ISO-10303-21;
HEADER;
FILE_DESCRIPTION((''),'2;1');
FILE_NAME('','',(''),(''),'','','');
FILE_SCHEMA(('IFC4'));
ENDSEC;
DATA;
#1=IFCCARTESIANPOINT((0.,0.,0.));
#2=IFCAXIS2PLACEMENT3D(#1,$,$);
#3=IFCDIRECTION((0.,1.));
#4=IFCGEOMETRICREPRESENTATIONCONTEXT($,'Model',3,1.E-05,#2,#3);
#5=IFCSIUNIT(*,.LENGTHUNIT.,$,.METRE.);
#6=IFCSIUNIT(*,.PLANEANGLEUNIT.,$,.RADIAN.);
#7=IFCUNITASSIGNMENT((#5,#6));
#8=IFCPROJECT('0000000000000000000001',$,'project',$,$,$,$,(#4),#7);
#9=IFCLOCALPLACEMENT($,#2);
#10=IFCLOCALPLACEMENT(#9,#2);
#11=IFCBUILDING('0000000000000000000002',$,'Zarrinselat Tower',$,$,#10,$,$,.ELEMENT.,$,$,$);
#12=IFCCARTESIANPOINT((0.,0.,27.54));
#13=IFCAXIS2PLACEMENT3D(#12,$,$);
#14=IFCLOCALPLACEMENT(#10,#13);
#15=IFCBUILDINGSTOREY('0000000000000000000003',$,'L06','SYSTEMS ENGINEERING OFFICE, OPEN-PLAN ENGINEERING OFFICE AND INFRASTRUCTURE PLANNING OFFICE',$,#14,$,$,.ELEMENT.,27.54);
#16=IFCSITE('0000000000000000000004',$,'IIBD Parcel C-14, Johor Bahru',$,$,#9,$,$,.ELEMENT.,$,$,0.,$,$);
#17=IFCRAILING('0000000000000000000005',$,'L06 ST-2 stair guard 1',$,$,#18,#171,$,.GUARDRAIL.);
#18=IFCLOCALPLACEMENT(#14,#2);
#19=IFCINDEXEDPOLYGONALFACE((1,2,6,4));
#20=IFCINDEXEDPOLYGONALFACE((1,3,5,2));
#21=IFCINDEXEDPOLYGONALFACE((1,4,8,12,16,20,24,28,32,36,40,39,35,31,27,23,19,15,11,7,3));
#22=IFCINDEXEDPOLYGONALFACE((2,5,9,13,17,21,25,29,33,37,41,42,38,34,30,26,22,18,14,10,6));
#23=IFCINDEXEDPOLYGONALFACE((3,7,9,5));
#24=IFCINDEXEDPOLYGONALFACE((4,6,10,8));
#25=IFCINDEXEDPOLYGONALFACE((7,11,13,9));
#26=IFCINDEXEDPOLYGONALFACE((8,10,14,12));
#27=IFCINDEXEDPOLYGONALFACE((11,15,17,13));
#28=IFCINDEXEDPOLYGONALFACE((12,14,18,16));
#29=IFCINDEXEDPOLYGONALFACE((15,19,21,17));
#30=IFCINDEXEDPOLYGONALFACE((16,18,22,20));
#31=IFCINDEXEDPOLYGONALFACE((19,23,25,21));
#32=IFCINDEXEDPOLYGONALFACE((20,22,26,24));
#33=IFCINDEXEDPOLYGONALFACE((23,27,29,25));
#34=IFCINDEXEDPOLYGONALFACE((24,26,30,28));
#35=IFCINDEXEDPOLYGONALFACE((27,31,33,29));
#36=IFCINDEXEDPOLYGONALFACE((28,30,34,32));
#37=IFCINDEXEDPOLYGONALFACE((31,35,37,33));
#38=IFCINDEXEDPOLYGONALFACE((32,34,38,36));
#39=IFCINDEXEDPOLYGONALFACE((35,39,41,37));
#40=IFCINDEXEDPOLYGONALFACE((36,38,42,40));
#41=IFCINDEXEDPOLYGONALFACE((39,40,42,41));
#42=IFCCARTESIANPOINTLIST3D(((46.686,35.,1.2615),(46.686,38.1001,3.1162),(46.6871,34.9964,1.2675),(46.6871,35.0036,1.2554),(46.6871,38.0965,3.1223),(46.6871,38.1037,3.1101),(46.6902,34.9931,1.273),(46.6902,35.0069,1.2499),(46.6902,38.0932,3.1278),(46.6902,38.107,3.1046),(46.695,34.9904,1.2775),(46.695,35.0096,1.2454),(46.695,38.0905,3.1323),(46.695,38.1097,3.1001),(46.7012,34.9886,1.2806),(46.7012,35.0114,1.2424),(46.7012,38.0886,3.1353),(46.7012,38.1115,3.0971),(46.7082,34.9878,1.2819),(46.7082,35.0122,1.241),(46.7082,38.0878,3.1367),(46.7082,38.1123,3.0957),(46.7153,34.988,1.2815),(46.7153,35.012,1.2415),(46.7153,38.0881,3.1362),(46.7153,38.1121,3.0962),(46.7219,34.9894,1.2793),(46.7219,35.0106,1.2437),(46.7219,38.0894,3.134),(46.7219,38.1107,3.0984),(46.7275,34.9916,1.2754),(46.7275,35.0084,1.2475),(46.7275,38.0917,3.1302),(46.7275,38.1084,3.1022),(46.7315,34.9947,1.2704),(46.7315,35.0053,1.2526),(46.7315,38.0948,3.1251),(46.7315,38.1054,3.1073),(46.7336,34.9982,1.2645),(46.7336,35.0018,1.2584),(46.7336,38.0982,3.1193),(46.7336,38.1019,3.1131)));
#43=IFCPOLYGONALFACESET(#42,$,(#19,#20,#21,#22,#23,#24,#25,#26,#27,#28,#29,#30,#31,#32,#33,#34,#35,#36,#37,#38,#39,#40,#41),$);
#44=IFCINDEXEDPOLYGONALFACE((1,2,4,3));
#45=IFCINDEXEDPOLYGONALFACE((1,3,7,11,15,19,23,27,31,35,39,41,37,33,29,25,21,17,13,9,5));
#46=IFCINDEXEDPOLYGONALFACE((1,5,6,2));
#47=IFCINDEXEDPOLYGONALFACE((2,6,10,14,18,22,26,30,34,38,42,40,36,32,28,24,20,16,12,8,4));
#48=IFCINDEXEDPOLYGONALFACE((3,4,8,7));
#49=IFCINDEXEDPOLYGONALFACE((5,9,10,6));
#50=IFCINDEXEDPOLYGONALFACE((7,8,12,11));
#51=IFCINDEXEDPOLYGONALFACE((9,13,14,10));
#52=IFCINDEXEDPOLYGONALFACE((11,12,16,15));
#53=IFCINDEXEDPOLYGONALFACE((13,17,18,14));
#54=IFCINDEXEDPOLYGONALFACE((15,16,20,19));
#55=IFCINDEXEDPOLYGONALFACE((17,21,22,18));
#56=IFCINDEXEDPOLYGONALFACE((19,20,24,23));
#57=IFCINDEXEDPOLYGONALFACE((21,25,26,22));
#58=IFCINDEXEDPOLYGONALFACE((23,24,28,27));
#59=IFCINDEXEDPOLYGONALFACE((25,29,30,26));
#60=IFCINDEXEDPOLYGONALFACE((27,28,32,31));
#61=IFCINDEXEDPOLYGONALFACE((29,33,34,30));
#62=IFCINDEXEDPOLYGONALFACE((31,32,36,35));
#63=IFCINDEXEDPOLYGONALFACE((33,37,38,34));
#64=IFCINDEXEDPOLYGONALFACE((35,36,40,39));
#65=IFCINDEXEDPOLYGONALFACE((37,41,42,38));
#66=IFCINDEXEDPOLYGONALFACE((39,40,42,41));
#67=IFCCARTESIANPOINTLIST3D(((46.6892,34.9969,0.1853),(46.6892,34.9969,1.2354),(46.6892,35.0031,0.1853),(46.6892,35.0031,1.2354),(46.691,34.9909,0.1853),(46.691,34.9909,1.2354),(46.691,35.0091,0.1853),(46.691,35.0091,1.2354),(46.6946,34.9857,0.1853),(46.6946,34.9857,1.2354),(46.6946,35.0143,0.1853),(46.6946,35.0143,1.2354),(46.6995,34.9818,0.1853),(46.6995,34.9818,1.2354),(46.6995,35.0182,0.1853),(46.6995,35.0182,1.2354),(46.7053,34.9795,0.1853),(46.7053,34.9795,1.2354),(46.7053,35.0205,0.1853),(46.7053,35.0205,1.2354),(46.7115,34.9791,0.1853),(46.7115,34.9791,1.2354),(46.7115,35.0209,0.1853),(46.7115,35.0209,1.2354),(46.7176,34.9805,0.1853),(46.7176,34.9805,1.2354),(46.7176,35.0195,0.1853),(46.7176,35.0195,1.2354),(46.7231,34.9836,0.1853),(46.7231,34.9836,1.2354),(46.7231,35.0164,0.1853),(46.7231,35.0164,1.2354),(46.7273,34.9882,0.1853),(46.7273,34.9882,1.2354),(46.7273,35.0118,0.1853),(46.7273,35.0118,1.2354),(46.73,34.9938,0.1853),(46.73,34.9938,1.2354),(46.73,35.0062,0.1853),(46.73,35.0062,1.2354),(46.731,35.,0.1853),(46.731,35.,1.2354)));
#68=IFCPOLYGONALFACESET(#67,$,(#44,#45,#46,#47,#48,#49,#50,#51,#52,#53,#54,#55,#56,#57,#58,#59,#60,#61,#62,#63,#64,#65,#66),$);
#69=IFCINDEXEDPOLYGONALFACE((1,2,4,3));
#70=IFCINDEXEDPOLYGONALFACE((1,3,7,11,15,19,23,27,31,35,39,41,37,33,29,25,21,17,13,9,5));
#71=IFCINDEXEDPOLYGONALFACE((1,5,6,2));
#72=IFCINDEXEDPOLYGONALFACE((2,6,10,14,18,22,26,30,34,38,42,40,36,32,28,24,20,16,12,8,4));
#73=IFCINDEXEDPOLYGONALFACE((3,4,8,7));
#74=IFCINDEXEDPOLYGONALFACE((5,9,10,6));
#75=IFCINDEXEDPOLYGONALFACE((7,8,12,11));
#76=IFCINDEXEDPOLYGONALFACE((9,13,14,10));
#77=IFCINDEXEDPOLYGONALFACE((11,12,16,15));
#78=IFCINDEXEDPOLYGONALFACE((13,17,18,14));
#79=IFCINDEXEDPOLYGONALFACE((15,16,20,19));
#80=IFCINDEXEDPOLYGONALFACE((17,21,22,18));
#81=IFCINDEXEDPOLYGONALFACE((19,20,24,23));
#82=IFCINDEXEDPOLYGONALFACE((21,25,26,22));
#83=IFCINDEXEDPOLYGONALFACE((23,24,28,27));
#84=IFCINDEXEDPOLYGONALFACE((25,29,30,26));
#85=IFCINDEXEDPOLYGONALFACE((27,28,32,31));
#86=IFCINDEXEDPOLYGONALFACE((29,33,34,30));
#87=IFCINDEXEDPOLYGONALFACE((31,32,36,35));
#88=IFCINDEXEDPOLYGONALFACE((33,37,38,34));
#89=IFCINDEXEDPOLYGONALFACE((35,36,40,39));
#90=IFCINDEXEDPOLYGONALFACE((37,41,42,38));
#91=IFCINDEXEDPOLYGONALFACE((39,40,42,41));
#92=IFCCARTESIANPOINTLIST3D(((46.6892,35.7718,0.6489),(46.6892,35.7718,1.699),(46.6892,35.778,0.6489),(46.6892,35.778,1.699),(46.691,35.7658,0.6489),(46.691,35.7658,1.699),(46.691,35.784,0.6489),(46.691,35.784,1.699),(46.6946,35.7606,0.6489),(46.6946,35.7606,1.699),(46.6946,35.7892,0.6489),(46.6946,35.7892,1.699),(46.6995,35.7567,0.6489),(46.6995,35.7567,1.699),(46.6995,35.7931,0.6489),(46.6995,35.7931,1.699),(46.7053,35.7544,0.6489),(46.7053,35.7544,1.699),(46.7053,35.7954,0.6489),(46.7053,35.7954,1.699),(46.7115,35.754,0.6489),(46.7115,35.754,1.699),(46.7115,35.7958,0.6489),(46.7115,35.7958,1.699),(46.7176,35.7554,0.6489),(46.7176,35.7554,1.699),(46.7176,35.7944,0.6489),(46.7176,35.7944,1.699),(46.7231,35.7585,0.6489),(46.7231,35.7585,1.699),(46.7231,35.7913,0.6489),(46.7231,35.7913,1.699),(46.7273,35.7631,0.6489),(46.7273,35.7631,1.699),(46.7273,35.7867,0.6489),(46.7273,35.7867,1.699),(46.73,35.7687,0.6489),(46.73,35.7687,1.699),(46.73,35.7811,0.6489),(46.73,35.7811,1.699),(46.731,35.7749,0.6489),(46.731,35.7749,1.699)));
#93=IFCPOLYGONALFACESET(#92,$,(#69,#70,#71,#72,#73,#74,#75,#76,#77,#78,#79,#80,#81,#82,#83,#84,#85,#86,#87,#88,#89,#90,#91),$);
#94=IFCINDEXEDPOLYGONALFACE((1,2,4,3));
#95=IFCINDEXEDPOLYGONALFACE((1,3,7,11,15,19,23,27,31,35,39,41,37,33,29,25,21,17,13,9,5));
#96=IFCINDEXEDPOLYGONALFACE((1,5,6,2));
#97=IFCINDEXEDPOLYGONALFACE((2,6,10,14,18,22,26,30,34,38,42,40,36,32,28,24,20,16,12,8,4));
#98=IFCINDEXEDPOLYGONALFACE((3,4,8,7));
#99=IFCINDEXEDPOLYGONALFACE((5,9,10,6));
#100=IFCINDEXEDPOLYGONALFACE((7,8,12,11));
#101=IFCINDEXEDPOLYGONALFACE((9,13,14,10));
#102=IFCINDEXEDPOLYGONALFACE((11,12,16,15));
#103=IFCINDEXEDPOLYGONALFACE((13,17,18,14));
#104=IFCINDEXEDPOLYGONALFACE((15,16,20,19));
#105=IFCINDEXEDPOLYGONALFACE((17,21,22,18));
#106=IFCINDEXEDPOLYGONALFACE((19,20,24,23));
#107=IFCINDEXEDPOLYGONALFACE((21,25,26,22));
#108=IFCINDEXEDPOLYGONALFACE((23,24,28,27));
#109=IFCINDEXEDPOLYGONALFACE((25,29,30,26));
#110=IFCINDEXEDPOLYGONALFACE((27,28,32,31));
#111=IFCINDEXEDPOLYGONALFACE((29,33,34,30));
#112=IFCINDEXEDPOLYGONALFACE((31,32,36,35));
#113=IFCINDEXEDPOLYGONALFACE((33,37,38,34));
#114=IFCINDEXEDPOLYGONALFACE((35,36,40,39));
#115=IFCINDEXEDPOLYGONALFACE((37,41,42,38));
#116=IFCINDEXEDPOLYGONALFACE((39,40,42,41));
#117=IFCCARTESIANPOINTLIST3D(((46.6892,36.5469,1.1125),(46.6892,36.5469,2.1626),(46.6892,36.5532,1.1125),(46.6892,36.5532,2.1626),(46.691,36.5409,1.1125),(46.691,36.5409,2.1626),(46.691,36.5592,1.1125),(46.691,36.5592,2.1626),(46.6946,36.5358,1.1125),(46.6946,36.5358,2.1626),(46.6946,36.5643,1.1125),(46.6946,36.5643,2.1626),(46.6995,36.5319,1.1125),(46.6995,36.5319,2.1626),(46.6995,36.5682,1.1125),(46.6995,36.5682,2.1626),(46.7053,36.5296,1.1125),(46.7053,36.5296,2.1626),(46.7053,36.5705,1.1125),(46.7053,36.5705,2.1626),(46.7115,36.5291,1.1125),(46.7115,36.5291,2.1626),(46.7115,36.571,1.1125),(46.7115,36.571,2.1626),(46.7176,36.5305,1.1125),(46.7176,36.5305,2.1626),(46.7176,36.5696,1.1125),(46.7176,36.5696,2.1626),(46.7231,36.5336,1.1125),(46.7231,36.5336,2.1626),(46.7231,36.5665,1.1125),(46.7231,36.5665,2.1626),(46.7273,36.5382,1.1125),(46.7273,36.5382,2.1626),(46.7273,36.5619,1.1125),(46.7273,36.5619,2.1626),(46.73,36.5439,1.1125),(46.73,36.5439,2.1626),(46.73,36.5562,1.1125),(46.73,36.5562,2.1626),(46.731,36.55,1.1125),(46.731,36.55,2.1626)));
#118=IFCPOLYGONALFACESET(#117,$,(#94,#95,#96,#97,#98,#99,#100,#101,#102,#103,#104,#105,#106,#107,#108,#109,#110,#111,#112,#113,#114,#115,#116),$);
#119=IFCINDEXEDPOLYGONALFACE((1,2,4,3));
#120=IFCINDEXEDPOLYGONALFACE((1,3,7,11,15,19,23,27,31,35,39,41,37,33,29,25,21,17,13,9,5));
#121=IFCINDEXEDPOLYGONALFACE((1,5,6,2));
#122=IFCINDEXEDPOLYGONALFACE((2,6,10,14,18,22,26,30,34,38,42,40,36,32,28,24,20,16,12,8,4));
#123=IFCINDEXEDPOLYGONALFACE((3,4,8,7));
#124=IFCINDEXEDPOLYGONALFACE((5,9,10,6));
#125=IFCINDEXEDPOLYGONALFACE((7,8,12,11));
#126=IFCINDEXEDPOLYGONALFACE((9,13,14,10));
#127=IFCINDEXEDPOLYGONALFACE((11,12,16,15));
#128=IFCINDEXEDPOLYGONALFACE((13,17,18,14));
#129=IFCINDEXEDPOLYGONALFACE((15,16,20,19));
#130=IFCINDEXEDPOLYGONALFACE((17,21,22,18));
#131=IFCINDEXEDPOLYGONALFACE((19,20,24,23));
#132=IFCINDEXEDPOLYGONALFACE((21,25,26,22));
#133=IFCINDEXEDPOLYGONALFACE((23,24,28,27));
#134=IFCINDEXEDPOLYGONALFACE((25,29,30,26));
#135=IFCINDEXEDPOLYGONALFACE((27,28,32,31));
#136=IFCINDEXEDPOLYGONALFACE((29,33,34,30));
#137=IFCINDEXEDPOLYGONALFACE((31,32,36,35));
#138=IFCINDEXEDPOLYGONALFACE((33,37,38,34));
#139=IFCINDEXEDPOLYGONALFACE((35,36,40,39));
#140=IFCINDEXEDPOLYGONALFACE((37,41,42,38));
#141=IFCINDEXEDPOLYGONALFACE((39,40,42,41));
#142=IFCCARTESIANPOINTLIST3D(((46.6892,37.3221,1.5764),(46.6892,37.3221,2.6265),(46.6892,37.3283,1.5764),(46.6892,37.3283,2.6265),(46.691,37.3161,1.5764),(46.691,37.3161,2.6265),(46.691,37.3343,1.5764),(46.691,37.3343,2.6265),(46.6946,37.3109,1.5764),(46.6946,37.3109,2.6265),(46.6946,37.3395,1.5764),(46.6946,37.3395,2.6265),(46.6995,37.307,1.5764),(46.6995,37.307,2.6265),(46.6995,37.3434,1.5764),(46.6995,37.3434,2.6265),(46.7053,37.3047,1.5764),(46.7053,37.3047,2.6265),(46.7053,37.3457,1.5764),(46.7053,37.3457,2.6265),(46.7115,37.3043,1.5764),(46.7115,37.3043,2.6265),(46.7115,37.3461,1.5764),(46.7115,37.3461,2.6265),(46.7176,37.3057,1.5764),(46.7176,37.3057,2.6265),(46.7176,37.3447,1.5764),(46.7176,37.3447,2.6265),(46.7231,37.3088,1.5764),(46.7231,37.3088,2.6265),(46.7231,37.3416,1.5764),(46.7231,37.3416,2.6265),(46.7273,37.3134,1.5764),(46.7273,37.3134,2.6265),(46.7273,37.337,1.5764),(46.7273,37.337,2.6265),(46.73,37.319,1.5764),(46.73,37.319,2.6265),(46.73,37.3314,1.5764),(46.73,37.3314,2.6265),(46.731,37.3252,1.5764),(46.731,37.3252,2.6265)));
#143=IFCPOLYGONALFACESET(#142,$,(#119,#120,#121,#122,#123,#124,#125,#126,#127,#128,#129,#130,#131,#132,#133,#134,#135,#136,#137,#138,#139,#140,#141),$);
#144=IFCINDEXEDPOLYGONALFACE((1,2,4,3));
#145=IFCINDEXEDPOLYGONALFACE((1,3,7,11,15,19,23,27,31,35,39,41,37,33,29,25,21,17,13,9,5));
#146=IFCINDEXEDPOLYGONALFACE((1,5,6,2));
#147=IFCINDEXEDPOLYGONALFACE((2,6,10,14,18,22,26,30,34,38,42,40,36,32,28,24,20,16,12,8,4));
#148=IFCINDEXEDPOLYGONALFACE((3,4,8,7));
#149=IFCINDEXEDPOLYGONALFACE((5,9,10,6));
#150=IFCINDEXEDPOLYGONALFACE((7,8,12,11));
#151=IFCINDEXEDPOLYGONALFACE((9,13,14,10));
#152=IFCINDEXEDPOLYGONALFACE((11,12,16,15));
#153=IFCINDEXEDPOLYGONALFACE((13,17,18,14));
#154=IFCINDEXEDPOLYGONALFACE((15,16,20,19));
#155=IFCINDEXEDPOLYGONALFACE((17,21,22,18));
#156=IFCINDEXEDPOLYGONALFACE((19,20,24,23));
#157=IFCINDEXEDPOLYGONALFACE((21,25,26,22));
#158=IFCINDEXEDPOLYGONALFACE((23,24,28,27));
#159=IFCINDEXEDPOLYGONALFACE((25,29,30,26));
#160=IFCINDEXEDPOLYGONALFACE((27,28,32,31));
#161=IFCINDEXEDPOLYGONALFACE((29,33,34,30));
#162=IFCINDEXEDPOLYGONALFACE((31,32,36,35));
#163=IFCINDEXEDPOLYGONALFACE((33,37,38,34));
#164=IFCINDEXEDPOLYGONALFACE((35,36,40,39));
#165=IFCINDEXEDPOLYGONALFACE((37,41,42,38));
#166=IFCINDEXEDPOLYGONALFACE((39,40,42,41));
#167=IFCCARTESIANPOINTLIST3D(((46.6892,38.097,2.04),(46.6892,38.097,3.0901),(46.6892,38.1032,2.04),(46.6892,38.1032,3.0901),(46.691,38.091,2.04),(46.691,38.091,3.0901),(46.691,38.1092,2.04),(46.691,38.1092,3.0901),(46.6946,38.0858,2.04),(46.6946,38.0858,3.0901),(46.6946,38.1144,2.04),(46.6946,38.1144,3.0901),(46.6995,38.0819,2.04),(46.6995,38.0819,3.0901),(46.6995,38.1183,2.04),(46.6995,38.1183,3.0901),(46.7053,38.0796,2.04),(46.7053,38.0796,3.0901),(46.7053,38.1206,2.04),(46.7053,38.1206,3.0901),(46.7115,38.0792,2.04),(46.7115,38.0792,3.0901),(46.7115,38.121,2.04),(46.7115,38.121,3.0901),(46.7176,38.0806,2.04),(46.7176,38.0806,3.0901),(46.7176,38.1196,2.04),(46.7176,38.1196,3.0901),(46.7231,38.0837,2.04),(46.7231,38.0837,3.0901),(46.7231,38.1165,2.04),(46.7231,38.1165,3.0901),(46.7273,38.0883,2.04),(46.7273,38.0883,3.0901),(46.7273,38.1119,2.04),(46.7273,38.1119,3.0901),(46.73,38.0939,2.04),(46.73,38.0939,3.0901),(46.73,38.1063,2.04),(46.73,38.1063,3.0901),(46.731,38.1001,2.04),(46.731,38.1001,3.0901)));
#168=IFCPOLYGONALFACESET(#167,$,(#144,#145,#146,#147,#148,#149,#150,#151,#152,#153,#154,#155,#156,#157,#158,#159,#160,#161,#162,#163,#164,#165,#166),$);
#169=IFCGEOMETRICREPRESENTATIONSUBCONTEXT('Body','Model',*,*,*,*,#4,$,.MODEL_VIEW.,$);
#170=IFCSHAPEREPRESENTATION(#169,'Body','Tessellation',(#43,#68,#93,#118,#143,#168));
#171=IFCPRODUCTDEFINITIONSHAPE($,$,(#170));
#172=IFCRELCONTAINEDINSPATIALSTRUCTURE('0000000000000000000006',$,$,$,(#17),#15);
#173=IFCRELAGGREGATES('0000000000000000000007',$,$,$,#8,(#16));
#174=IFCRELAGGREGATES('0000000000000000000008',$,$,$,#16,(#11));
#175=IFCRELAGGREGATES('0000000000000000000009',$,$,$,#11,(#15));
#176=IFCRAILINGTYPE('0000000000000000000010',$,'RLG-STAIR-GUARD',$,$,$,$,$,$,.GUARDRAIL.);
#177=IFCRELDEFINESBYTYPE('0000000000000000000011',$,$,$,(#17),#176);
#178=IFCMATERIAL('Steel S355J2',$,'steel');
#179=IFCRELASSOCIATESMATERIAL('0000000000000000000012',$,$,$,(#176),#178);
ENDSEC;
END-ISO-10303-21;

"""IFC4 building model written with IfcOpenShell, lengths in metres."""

from ifc_helpers import new_model, si_unit, direction, frame, origin, origin_2d, place, context, subcontext, project, spatial, circle, extrude, material, type_object, element, save


model = new_model("IFC4")

# Units and contexts
model_context = context("Model", 3, precision=1e-05, world=origin(), true_north=direction((0.0, 1.0)))
body_context = subcontext(model_context, "Body", "Model", "MODEL_VIEW")
ifc_project = project(units=[si_unit("LENGTHUNIT", "METRE"), si_unit("PLANEANGLEUNIT", "RADIAN")], contexts=[model_context])

# Site, building, storey
site_placement = place(None, origin())
site = spatial("IfcSite", under=ifc_project, at=site_placement, Name="IIBD Parcel C-14, Johor Bahru", CompositionType="ELEMENT", RefElevation=0.0)
building_placement = place(site_placement, origin())
building = spatial("IfcBuilding", under=site, at=building_placement, Name="Zarrinselat Tower", CompositionType="ELEMENT")
storey_placement = place(building_placement, frame((0.0, 0.0, 27.54)))
storey = spatial("IfcBuildingStorey", under=building, at=storey_placement, Name="L06", Description="SYSTEMS ENGINEERING OFFICE, OPEN-PLAN ENGINEERING OFFICE AND INFRASTRUCTURE PLANNING OFFICE", CompositionType="ELEMENT", Elevation=27.54)

# Railing
ifc_material_1 = material(Name="Steel S355J2", Category="steel")
railing_type_1 = type_object("IfcRailingType", Name="RLG-STAIR-GUARD", PredefinedType="GUARDRAIL", material=ifc_material_1)
railing_1_placement = place(storey_placement, frame((46.71, 35.0, 0.1853)))
element("IfcRailing", 1, at=railing_1_placement, inside=storey, type_object=railing_type_1, Name="L06 ST-2 stair guard 1", PredefinedType="GUARDRAIL", context=body_context, shape_type="SweptSolid", body=[
    extrude(circle(Radius=0.0239, at=origin_2d()), frame((0.0, 0.0, 1.0762), z_axis=(0.0, 0.858142, 0.513412), x_axis=(-1.0, 0.0, 0.0)), (0.0, 0.0, 1.0), 3.6125),
    extrude(circle(Radius=0.021, at=origin_2d()), origin(), (0.0, 0.0, 1.0), 1.05),
    extrude(circle(Radius=0.021, at=origin_2d()), frame((0.0, 0.7749, 0.4636)), (0.0, 0.0, 1.0), 1.05),
    extrude(circle(Radius=0.021, at=origin_2d()), frame((0.0, 1.55, 0.9272)), (0.0, 0.0, 1.0), 1.05),
    extrude(circle(Radius=0.021, at=origin_2d()), frame((0.0, 2.3252, 1.3911)), (0.0, 0.0, 1.0), 1.05),
    extrude(circle(Radius=0.021, at=origin_2d()), frame((0.0, 3.1001, 1.8547)), (0.0, 0.0, 1.0), 1.05),
])

save(model, "model.ifc")
